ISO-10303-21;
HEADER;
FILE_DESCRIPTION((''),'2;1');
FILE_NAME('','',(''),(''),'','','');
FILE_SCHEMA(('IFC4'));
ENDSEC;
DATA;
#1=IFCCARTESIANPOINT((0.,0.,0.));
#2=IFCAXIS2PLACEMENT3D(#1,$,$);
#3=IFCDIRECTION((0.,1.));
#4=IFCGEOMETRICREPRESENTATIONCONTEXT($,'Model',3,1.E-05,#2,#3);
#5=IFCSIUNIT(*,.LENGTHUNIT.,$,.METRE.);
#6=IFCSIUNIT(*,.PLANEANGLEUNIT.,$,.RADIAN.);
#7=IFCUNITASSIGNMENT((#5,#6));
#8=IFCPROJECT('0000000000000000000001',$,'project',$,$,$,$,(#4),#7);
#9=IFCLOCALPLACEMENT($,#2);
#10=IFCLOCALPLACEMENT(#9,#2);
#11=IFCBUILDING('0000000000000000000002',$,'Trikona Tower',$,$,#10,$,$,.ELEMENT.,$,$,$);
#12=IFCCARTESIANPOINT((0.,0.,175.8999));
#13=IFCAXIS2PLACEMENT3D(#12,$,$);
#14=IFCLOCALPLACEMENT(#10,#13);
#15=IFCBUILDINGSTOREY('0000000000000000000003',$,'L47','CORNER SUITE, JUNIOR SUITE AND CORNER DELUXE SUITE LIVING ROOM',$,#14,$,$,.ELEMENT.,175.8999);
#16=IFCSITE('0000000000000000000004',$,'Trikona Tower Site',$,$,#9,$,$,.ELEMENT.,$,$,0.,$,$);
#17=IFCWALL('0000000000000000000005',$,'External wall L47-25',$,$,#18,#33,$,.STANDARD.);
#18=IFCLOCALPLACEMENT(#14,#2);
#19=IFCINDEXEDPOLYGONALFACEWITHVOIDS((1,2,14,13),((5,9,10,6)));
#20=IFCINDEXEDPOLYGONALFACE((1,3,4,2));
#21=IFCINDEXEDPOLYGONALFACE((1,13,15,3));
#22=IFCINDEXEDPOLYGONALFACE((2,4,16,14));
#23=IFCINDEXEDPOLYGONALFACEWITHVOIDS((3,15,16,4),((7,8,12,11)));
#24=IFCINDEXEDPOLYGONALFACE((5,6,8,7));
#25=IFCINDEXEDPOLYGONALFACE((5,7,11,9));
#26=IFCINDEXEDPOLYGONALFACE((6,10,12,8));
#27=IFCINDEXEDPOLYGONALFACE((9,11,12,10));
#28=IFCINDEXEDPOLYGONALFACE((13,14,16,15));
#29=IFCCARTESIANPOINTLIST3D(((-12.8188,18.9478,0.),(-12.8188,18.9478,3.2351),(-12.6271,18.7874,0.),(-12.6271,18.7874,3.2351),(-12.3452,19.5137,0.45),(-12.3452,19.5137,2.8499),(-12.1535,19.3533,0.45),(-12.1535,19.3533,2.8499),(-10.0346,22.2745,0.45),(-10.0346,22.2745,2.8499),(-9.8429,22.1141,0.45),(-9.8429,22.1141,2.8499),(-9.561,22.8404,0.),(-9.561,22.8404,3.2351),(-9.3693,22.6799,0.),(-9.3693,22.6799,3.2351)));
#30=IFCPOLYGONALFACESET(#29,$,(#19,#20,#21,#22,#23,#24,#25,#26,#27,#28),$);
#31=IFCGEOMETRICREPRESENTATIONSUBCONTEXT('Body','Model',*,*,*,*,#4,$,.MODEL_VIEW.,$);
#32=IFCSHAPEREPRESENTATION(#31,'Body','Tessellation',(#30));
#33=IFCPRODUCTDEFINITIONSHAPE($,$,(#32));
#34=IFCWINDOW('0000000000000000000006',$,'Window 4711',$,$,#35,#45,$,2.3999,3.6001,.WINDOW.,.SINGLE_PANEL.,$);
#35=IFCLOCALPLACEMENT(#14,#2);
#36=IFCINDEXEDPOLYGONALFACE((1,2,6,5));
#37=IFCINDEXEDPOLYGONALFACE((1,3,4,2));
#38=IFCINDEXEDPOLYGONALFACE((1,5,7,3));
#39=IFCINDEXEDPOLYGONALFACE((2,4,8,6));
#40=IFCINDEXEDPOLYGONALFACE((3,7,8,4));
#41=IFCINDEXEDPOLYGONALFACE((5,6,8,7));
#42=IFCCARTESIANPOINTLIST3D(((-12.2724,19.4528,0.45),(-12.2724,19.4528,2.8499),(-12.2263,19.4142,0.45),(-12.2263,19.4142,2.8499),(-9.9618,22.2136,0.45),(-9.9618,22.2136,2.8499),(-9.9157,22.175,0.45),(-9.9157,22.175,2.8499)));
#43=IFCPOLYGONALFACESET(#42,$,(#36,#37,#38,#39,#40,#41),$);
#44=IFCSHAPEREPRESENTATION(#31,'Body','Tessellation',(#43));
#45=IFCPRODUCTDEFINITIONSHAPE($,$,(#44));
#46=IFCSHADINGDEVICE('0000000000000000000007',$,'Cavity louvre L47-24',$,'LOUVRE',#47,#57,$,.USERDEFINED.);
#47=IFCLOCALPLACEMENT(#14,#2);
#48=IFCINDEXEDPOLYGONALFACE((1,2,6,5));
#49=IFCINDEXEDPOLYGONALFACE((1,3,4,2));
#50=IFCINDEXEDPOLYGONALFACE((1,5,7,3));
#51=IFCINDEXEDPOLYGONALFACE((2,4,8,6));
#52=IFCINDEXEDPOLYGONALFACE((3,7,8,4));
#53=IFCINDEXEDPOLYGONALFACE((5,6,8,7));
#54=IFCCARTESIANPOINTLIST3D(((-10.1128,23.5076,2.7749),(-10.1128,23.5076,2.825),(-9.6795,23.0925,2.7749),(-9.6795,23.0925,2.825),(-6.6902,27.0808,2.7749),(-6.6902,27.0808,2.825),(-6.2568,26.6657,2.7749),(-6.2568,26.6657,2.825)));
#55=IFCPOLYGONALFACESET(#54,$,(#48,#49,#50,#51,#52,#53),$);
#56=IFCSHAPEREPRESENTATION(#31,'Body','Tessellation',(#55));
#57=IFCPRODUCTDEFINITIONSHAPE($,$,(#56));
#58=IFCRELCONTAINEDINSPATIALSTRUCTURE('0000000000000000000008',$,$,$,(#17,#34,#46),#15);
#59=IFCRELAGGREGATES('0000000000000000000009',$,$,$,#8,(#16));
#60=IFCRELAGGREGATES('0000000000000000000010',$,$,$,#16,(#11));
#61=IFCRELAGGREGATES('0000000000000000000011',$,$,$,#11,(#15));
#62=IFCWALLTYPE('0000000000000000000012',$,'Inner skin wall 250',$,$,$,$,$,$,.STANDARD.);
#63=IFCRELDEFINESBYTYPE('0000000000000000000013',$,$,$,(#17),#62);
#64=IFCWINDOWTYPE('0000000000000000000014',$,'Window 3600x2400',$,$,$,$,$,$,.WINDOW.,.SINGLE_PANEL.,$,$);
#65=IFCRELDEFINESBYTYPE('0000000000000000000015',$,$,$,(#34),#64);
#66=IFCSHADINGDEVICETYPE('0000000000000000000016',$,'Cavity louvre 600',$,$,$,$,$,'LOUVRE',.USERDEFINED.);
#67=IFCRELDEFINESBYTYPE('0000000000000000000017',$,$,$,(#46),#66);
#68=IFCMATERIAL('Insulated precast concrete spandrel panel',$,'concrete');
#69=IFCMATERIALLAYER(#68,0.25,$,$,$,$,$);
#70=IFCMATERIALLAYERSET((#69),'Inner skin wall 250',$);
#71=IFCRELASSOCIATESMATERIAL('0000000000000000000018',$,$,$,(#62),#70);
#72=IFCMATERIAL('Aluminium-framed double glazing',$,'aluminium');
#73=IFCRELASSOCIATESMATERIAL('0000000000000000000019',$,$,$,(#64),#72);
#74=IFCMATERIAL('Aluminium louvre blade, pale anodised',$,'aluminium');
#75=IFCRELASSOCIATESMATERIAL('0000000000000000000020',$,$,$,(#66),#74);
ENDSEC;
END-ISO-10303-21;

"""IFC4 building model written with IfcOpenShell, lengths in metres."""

from ifc_helpers import new_model, si_unit, direction, frame, frame_2d, origin, origin_2d, place, context, subcontext, project, spatial, rectangle, extrude, material, layer, layer_set, type_object, element, fill, save


model = new_model("IFC4")

# Units and contexts
model_context = context("Model", 3, precision=1e-05, world=origin(), true_north=direction((0.0, 1.0)))
body_context = subcontext(model_context, "Body", "Model", "MODEL_VIEW")
ifc_project = project(units=[si_unit("LENGTHUNIT", "METRE"), si_unit("PLANEANGLEUNIT", "RADIAN")], contexts=[model_context])

# Site, building, storey
site_placement = place(None, origin())
site = spatial("IfcSite", under=ifc_project, at=site_placement, Name="Trikona Tower Site", CompositionType="ELEMENT", RefElevation=0.0)
building_placement = place(site_placement, origin())
building = spatial("IfcBuilding", under=site, at=building_placement, Name="Trikona Tower", CompositionType="ELEMENT")
storey_placement = place(building_placement, frame((0.0, 0.0, 175.8999)))
storey = spatial("IfcBuildingStorey", under=building, at=storey_placement, Name="L47", Description="CORNER SUITE, JUNIOR SUITE AND CORNER DELUXE SUITE LIVING ROOM", CompositionType="ELEMENT", Elevation=175.8999)

# Wall, opening, window
ifc_material_1 = material(Name="Insulated precast concrete spandrel panel", Category="concrete")
ifc_layer_1 = layer(ifc_material_1, 0.25)
ifc_layer_set_1 = layer_set([ifc_layer_1], Name="Inner skin wall 250")
wall_type_1 = type_object("IfcWallType", Name="Inner skin wall 250", PredefinedType="STANDARD", material=ifc_layer_set_1)
ifc_material_2 = material(Name="Aluminium-framed double glazing", Category="aluminium")
window_type_1 = type_object("IfcWindowType", Name="Window 3600x2400", PartitioningType="SINGLE_PANEL", PredefinedType="WINDOW", material=ifc_material_2)
wall_1_placement = place(storey_placement, frame((-9.4651, 22.7603, 0.0), z_axis=(0.0, 0.0, 1.0), x_axis=(-0.64181, -0.766863, 0.0)))
wall_1 = element("IfcWall", 1, at=wall_1_placement, inside=storey, type_object=wall_type_1, Name="External wall L47-25", PredefinedType="STANDARD", context=body_context, shape_type="SweptSolid", body=[
    extrude(rectangle(XDim=5.0759, YDim=0.25, at=frame_2d((2.5381, 0.0))), origin(), (0.0, 0.0, 1.0), 3.2351),
])
opening_1_placement = place(wall_1_placement, frame((0.738, 0.0, 0.45)))
opening_1 = element("IfcOpeningElement", 2, at=opening_1_placement, cuts=wall_1, PredefinedType="OPENING", context=body_context, shape_type="SweptSolid", body=[
    extrude(rectangle(XDim=3.6001, YDim=2.3999, at=frame_2d((1.8, 1.2))), frame((0.0, 0.135, 0.0), z_axis=(0.0, -1.0, 0.0), x_axis=(1.0, 0.0, 0.0)), (0.0, 0.0, 1.0), 0.27),
])
window_1_placement = place(opening_1_placement, origin())
window_1 = element("IfcWindow", 3, at=window_1_placement, inside=storey, type_object=window_type_1, Name="Window 4711", OverallHeight=2.3999, OverallWidth=3.6001, PartitioningType="SINGLE_PANEL", PredefinedType="WINDOW", context=body_context, shape_type="SweptSolid", body=[
    extrude(rectangle(XDim=3.6001, YDim=2.3999, at=frame_2d((1.8, 1.2))), frame((0.0, 0.03, 0.0), z_axis=(0.0, -1.0, 0.0), x_axis=(1.0, 0.0, 0.0)), (0.0, 0.0, 1.0), 0.0601),
])
fill(opening_1, window_1)

# Shading device
ifc_material_3 = material(Name="Aluminium louvre blade, pale anodised", Category="aluminium")
shading_device_type = type_object("IfcShadingDeviceType", Name="Cavity louvre 600", ElementType="LOUVRE", PredefinedType="USERDEFINED", material=ifc_material_3)
shading_device_placement = place(storey_placement, frame((-8.1848, 25.0867, 2.7749), z_axis=(0.0, 0.0, 1.0), x_axis=(-0.691724, -0.722162, 0.0)))
element("IfcShadingDevice", 4, at=shading_device_placement, inside=storey, type_object=shading_device_type, Name="Cavity louvre L47-24", ObjectType="LOUVRE", PredefinedType="USERDEFINED", context=body_context, shape_type="SweptSolid", body=[
    extrude(rectangle(XDim=4.948, YDim=0.6001, at=origin_2d()), origin(), (0.0, 0.0, 1.0), 0.05),
])

save(model, "model.ifc")
